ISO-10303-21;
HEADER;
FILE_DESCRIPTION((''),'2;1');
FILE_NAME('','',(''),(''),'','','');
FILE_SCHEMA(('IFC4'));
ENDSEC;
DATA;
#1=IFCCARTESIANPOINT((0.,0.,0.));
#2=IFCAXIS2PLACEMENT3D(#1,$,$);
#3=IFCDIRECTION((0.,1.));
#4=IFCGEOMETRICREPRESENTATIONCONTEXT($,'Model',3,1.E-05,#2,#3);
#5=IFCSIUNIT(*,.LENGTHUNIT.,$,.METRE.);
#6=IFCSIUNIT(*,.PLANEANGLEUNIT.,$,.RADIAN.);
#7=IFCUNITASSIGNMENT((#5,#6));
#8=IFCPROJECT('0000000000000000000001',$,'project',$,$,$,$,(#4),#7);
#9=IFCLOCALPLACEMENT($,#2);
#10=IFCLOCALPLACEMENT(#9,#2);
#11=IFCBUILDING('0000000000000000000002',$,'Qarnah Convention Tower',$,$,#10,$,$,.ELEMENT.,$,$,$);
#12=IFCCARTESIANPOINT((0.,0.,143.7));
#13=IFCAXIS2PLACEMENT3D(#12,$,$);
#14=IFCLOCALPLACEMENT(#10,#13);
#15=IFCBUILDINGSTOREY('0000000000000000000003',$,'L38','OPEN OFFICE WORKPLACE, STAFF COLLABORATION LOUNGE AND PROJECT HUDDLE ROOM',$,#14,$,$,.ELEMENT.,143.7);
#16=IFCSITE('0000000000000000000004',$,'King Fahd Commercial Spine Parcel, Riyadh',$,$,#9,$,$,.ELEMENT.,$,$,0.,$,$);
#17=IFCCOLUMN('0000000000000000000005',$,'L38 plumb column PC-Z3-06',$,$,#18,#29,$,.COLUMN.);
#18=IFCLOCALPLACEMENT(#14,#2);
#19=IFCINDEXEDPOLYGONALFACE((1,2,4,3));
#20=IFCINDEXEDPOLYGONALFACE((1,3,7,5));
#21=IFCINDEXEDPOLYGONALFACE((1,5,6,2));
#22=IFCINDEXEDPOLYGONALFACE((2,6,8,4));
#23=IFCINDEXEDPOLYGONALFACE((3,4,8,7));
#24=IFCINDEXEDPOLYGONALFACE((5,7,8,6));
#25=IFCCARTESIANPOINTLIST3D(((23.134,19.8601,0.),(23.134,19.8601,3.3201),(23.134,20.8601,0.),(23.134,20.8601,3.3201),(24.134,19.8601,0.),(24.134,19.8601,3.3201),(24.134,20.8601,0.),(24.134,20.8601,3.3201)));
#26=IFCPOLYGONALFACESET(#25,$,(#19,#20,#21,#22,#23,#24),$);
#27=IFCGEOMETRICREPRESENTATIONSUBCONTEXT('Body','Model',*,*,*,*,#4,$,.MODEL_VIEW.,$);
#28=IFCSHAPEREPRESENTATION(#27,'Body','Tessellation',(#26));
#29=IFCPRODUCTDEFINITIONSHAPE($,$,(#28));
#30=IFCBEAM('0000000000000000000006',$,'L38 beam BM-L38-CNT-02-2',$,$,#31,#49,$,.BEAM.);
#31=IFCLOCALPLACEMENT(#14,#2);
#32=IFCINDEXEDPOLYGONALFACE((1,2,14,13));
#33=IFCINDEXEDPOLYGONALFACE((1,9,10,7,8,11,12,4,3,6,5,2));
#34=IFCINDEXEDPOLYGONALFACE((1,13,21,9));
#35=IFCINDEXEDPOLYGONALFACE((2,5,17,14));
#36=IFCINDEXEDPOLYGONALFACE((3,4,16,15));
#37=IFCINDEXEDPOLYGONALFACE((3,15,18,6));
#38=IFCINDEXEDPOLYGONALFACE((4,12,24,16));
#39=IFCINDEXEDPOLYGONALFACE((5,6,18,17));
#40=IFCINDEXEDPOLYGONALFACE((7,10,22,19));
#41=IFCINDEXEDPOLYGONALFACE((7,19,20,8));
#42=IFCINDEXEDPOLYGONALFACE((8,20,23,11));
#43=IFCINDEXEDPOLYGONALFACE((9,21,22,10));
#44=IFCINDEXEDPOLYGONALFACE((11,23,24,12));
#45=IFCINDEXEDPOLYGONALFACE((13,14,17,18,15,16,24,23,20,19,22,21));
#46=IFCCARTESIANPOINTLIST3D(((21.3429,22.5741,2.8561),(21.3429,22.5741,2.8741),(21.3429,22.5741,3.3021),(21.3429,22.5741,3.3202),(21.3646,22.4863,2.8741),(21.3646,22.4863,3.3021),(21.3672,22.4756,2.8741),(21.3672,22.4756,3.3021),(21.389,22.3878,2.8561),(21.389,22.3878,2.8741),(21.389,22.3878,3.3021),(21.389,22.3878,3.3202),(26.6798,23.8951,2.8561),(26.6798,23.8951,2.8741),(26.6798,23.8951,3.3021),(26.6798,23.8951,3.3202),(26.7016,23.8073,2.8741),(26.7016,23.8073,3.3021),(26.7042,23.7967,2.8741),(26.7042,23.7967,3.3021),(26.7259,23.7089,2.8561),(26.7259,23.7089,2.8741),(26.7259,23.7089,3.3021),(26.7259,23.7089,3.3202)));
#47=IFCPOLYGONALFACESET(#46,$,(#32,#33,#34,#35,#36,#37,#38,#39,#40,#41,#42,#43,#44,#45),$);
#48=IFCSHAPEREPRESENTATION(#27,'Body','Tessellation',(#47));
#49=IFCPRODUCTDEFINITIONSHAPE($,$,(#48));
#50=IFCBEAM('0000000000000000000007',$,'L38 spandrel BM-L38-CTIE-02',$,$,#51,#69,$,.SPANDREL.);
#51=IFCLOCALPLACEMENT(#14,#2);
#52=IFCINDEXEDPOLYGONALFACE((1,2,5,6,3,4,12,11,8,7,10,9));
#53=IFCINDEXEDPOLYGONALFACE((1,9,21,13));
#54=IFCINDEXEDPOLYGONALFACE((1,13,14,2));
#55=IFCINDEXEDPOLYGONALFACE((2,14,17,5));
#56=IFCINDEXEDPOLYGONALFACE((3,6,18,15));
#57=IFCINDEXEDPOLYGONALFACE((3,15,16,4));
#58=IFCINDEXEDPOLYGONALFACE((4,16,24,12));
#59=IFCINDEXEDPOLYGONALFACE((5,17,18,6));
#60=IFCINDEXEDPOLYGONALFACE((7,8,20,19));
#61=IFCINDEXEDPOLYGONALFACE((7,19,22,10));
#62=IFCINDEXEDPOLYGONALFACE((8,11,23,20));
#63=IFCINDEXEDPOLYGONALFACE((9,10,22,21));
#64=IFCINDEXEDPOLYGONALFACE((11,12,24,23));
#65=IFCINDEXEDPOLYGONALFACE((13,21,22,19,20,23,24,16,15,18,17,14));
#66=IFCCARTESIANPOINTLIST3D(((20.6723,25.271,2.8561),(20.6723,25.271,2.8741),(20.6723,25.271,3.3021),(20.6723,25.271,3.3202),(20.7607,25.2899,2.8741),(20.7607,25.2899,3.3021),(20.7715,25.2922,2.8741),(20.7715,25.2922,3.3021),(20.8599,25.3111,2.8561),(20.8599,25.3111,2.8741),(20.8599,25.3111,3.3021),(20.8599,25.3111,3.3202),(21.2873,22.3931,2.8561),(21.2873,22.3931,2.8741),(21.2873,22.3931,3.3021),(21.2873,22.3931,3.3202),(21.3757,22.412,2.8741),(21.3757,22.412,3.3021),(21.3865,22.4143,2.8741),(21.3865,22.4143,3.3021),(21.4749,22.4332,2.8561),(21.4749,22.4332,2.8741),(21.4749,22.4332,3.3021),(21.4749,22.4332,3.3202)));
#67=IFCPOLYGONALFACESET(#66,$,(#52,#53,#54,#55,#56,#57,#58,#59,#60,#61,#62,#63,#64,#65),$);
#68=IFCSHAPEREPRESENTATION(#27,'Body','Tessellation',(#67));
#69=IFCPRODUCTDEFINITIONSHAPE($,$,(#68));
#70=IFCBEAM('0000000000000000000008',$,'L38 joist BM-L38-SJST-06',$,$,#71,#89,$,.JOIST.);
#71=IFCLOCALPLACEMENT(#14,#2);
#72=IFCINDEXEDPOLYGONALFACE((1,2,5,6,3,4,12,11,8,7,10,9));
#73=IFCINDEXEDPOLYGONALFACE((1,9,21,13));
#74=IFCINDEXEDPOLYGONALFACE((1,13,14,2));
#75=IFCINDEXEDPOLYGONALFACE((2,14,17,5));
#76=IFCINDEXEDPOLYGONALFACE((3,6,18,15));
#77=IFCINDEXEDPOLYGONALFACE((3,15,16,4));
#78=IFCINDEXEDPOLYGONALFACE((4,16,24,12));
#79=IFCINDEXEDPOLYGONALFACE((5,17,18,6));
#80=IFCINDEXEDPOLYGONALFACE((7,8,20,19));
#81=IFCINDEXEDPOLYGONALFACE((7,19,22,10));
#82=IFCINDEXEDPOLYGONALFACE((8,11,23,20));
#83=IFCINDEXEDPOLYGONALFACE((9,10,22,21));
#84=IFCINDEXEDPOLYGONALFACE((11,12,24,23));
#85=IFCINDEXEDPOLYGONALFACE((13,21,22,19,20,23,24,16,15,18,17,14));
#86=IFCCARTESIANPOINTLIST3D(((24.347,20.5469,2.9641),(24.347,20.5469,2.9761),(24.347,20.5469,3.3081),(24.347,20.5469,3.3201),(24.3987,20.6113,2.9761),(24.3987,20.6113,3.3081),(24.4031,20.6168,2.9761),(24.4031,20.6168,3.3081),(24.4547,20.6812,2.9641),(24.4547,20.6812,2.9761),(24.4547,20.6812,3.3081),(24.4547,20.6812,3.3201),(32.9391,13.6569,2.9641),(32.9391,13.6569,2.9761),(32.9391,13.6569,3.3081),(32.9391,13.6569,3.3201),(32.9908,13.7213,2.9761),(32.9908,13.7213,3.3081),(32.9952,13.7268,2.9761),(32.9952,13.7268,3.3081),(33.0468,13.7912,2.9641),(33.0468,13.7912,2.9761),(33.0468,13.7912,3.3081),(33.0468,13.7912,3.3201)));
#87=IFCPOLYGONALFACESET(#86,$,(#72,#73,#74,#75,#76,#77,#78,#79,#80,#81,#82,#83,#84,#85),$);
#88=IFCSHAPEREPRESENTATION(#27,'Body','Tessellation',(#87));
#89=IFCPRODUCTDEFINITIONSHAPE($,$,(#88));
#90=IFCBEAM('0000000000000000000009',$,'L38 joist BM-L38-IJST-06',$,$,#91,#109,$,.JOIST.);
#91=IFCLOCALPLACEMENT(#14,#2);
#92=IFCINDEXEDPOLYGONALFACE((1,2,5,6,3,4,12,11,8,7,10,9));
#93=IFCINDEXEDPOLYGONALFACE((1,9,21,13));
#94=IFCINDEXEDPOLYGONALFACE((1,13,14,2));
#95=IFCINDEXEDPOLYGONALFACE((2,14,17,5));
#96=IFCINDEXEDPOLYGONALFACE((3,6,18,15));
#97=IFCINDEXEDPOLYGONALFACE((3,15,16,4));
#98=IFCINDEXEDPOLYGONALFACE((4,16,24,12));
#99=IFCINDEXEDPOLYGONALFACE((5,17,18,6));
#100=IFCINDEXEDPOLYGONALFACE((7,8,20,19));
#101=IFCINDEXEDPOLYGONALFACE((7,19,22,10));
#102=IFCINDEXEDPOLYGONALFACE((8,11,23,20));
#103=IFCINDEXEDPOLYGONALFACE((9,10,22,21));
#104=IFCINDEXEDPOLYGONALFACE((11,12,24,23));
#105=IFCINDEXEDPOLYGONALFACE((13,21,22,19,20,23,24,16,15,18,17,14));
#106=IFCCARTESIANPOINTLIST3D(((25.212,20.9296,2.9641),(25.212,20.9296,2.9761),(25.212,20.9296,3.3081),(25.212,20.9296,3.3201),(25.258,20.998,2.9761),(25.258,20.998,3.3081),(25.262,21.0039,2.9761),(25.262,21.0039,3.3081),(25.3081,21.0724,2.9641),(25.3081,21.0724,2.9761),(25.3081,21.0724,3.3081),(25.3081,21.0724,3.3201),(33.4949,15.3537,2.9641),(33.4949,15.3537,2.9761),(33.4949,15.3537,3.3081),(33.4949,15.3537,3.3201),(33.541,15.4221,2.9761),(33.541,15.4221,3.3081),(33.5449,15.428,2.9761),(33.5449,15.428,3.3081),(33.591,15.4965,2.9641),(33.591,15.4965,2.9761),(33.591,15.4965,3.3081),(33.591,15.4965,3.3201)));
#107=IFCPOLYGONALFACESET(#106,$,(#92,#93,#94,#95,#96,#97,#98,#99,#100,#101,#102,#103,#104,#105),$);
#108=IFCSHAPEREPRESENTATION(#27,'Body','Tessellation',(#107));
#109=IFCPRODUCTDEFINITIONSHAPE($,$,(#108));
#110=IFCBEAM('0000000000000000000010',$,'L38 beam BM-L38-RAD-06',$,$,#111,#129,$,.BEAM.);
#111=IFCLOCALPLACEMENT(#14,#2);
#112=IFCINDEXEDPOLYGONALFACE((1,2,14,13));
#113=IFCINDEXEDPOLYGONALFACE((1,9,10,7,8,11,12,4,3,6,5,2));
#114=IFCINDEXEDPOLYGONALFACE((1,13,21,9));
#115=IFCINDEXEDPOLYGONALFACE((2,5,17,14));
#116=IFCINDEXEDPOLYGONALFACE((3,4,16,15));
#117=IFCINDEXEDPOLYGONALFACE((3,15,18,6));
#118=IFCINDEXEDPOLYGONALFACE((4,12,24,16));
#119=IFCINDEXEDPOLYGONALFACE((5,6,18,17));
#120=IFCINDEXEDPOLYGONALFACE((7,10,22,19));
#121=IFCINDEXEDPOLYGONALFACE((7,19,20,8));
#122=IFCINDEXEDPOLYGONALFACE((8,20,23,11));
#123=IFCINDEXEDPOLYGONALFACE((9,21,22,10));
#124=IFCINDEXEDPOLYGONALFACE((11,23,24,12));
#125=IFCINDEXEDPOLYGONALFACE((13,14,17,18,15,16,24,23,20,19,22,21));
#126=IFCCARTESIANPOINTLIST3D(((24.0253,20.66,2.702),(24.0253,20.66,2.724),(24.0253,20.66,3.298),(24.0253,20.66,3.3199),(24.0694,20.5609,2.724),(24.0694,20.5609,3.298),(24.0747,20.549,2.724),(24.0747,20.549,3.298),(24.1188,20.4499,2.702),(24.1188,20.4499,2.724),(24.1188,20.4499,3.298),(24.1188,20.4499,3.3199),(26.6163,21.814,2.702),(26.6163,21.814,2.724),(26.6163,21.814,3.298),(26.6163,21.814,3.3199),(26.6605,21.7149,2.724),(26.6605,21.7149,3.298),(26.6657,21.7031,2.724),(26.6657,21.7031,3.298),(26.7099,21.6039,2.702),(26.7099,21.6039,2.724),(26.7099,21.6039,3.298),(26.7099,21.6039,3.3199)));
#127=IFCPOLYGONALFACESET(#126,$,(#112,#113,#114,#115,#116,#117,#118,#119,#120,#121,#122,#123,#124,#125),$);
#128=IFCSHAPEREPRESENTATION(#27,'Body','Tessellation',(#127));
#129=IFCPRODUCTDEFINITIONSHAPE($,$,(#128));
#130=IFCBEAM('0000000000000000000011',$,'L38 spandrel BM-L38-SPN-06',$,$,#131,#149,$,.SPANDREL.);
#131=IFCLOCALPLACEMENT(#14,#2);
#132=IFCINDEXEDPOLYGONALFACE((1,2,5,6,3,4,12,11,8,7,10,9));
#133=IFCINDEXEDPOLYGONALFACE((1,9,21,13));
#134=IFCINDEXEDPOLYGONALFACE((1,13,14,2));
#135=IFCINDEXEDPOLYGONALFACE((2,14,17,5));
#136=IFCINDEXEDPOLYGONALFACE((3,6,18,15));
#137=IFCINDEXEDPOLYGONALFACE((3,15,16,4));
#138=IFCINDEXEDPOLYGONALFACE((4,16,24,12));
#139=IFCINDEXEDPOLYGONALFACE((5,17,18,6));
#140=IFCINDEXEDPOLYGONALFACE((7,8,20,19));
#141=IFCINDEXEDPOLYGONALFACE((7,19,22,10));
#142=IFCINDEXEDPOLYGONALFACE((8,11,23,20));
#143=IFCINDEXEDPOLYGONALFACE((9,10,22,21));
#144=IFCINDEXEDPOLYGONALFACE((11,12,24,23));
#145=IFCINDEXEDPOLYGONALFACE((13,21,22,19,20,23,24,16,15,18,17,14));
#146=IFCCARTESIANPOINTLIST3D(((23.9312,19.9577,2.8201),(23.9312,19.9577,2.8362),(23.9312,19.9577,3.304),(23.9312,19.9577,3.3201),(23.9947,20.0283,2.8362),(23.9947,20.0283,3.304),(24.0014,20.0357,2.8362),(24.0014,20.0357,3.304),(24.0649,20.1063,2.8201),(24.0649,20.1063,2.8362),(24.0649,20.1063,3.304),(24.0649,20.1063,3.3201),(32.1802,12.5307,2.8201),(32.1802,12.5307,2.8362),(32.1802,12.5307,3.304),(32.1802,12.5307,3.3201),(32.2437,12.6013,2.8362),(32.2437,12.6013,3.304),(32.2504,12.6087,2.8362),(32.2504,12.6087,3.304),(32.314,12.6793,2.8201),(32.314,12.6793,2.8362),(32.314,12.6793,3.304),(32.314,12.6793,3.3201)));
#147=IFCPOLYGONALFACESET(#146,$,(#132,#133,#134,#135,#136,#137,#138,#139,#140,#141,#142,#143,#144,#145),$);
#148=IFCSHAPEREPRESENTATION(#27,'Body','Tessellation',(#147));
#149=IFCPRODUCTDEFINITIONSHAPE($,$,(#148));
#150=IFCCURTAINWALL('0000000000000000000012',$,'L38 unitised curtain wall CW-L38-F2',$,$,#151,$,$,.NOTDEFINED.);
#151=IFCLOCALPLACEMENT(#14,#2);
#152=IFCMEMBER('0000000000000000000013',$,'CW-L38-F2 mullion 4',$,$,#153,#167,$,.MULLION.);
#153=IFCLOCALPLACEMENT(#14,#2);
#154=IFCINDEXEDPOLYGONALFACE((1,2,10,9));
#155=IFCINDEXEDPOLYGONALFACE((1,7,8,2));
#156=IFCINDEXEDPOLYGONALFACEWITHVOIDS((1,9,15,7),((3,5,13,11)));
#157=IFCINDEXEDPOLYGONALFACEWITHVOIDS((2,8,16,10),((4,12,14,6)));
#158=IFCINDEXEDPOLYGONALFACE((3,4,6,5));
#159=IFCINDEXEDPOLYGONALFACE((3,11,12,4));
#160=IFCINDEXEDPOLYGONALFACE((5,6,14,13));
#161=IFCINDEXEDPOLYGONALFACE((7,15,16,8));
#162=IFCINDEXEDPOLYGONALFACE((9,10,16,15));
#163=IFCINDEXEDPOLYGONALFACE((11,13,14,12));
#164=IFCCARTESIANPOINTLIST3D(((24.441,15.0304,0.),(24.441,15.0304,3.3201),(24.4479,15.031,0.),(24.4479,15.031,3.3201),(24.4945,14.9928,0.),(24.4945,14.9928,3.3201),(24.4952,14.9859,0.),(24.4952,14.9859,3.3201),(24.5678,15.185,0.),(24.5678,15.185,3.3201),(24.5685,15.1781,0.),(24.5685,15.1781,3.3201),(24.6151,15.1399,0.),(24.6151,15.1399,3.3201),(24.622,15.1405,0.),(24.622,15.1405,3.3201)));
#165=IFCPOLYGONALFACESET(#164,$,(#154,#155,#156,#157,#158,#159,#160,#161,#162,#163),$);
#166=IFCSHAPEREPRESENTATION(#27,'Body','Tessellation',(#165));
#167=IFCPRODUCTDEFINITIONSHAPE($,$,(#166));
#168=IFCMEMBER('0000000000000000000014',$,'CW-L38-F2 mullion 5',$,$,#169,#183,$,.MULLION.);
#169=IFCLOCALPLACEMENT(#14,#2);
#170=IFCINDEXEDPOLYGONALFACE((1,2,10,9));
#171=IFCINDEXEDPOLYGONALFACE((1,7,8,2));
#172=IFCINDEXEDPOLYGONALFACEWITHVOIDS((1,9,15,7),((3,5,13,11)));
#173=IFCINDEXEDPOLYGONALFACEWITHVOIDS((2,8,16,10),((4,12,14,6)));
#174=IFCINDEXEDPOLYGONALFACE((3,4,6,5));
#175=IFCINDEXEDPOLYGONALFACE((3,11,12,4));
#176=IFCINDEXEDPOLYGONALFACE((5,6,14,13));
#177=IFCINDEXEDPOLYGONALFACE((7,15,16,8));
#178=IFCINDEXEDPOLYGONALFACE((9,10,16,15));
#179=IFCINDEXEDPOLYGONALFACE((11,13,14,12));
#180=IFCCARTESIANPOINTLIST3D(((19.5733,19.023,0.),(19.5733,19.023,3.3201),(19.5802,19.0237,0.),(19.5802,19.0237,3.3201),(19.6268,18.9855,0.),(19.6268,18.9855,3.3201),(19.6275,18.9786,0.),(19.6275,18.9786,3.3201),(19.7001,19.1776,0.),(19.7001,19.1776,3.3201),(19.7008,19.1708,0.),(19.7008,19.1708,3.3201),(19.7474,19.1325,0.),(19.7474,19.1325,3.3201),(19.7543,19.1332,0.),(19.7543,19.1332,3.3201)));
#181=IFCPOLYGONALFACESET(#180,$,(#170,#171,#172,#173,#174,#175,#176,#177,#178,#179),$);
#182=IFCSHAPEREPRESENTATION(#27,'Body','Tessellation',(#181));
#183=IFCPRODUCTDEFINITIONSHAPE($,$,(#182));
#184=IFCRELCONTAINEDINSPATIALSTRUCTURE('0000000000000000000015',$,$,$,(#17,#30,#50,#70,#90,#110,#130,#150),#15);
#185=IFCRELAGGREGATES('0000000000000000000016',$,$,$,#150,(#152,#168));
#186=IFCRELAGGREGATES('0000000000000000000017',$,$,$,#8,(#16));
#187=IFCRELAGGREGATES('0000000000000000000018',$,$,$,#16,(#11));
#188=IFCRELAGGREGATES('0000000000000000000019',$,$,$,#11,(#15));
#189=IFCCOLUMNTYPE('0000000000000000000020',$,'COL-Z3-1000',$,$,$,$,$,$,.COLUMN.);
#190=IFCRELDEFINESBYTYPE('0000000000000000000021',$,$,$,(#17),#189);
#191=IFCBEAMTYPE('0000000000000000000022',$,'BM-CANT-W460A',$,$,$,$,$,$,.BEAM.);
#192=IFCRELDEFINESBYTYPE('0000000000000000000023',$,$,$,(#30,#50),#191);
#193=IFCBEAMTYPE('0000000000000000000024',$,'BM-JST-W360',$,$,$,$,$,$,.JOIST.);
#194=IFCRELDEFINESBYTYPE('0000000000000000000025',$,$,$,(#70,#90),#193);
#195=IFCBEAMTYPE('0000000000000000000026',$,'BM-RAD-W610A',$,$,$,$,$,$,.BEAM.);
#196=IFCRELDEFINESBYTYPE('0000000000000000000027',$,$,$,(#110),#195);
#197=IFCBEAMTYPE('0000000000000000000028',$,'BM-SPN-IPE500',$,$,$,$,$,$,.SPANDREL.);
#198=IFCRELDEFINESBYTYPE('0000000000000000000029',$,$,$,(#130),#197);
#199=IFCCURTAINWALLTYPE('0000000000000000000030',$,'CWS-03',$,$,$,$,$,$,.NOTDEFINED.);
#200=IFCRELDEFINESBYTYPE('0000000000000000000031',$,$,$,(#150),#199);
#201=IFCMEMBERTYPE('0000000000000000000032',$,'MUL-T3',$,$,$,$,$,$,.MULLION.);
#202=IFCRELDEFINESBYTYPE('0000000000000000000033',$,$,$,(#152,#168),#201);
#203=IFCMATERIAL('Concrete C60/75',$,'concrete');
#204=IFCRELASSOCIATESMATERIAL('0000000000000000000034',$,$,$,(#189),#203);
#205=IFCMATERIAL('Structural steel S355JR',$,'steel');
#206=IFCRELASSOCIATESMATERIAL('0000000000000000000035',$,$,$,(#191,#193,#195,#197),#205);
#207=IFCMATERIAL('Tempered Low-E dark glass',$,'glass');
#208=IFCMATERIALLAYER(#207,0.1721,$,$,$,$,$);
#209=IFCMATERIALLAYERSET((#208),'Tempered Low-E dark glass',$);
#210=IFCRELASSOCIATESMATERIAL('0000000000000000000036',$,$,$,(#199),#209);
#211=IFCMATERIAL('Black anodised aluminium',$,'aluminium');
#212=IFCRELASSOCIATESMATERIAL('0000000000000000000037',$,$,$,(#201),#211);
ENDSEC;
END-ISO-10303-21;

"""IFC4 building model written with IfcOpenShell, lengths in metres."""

from ifc_helpers import new_model, si_unit, direction, frame, origin, origin_2d, place, context, subcontext, project, spatial, rectangle, hollow_rectangle, i_section, extrude, material, layer, layer_set, material_profile, profile_set, type_object, element, aggregate, save


model = new_model("IFC4")

# Units and contexts
model_context = context("Model", 3, precision=1e-05, world=origin(), true_north=direction((0.0, 1.0)))
body_context = subcontext(model_context, "Body", "Model", "MODEL_VIEW")
ifc_project = project(units=[si_unit("LENGTHUNIT", "METRE"), si_unit("PLANEANGLEUNIT", "RADIAN")], contexts=[model_context])

# Site, building, storey
site_placement = place(None, origin())
site = spatial("IfcSite", under=ifc_project, at=site_placement, Name="King Fahd Commercial Spine Parcel, Riyadh", CompositionType="ELEMENT", RefElevation=0.0)
building_placement = place(site_placement, origin())
building = spatial("IfcBuilding", under=site, at=building_placement, Name="Qarnah Convention Tower", CompositionType="ELEMENT")
storey_placement = place(building_placement, frame((0.0, 0.0, 143.7)))
storey = spatial("IfcBuildingStorey", under=building, at=storey_placement, Name="L38", Description="OPEN OFFICE WORKPLACE, STAFF COLLABORATION LOUNGE AND PROJECT HUDDLE ROOM", CompositionType="ELEMENT", Elevation=143.7)

# Column
ifc_material_1 = material(Name="Concrete C60/75", Category="concrete")
ifc_material_profile_1 = material_profile(ifc_material_1, rectangle(XDim=1.0, YDim=1.0, at=origin_2d()), Name="RC-COL-1000X1000")
ifc_profile_set_1 = profile_set([ifc_material_profile_1], Name="Concrete C60/75")
column_type = type_object("IfcColumnType", Name="COL-Z3-1000", PredefinedType="COLUMN", material=ifc_profile_set_1)
column_placement = place(storey_placement, frame((23.634, 20.3601, 0.0), z_axis=(0.0, 0.0, 1.0), x_axis=(1.0, 0.0, 0.0)))
element("IfcColumn", 1, at=column_placement, inside=storey, type_object=column_type, Name="L38 plumb column PC-Z3-06", PredefinedType="COLUMN", context=body_context, shape_type="SweptSolid", body=[
    extrude(rectangle(XDim=1.0, YDim=1.0, at=origin_2d()), origin(), (0.0, 0.0, 1.0), 3.3201),
])

# Beams
ifc_material_2 = material(Name="Structural steel S355JR", Category="steel")
ifc_material_profile_2 = material_profile(ifc_material_2, i_section(OverallWidth=0.1919, OverallDepth=0.4641, WebThickness=0.011, FlangeThickness=0.0181, at=origin_2d()), Name="W460X89")
ifc_profile_set_2 = profile_set([ifc_material_profile_2], Name="Structural steel S355JR")
beam_type_1 = type_object("IfcBeamType", Name="BM-CANT-W460A", PredefinedType="BEAM", material=ifc_profile_set_2)
beam_1_placement = place(storey_placement, frame((26.7029, 23.802, 3.0881), z_axis=(-0.970704, -0.240278, 0.0), x_axis=(0.240278, -0.970704, 0.0)))
element("IfcBeam", 2, at=beam_1_placement, inside=storey, type_object=beam_type_1, Name="L38 beam BM-L38-CNT-02-2", PredefinedType="BEAM", context=body_context, shape_type="SweptSolid", body=[
    extrude(i_section(OverallWidth=0.1919, OverallDepth=0.4641, WebThickness=0.011, FlangeThickness=0.0181, at=origin_2d()), origin(), (0.0, 0.0, 1.0), 5.498),
])
beam_2_placement = place(storey_placement, frame((20.7661, 25.291, 3.0881), z_axis=(0.208974, -0.977921, 0.0), x_axis=(0.977921, 0.208974, 0.0)))
element("IfcBeam", 3, at=beam_2_placement, inside=storey, type_object=beam_type_1, Name="L38 spandrel BM-L38-CTIE-02", PredefinedType="SPANDREL", context=body_context, shape_type="SweptSolid", body=[
    extrude(i_section(OverallWidth=0.1919, OverallDepth=0.4641, WebThickness=0.011, FlangeThickness=0.0181, at=origin_2d()), origin(), (0.0, 0.0, 1.0), 2.9429),
])
ifc_material_profile_3 = material_profile(ifc_material_2, i_section(OverallWidth=0.1721, OverallDepth=0.356, WebThickness=0.0071, FlangeThickness=0.012, at=origin_2d()), Name="W360X51")
ifc_profile_set_3 = profile_set([ifc_material_profile_3], Name="Structural steel S355JR")
beam_type_2 = type_object("IfcBeamType", Name="BM-JST-W360", PredefinedType="JOIST", material=ifc_profile_set_3)
beam_3_placement = place(storey_placement, frame((24.4009, 20.614, 3.1421), z_axis=(0.780148, -0.625595, 0.0), x_axis=(0.625595, 0.780148, 0.0)))
element("IfcBeam", 4, at=beam_3_placement, inside=storey, type_object=beam_type_2, Name="L38 joist BM-L38-SJST-06", PredefinedType="JOIST", context=body_context, shape_type="SweptSolid", body=[
    extrude(i_section(OverallWidth=0.1721, OverallDepth=0.356, WebThickness=0.0071, FlangeThickness=0.012, at=origin_2d()), origin(), (0.0, 0.0, 1.0), 11.0134),
])
beam_4_placement = place(storey_placement, frame((25.26, 21.001, 3.1421), z_axis=(0.829548, -0.558436, 0.0), x_axis=(0.558436, 0.829548, 0.0)))
element("IfcBeam", 5, at=beam_4_placement, inside=storey, type_object=beam_type_2, Name="L38 joist BM-L38-IJST-06", PredefinedType="JOIST", context=body_context, shape_type="SweptSolid", body=[
    extrude(i_section(OverallWidth=0.1721, OverallDepth=0.356, WebThickness=0.0071, FlangeThickness=0.012, at=origin_2d()), origin(), (0.0, 0.0, 1.0), 9.9849),
])
ifc_material_profile_4 = material_profile(ifc_material_2, i_section(OverallWidth=0.23, OverallDepth=0.6179, WebThickness=0.0129, FlangeThickness=0.022, at=origin_2d()), Name="W610X140")
ifc_profile_set_4 = profile_set([ifc_material_profile_4], Name="Structural steel S355JR")
beam_type_3 = type_object("IfcBeamType", Name="BM-RAD-W610A", PredefinedType="BEAM", material=ifc_profile_set_4)
beam_5_placement = place(storey_placement, frame((26.6631, 21.709, 3.011), z_axis=(-0.913488, -0.406865, 0.0), x_axis=(0.406865, -0.913488, 0.0)))
element("IfcBeam", 6, at=beam_5_placement, inside=storey, type_object=beam_type_3, Name="L38 beam BM-L38-RAD-06", PredefinedType="BEAM", context=body_context, shape_type="SweptSolid", body=[
    extrude(i_section(OverallWidth=0.23, OverallDepth=0.6179, WebThickness=0.0129, FlangeThickness=0.022, at=origin_2d()), origin(), (0.0, 0.0, 1.0), 2.8364),
])
ifc_material_profile_5 = material_profile(ifc_material_2, i_section(OverallWidth=0.2, OverallDepth=0.5, WebThickness=0.01, FlangeThickness=0.0161, at=origin_2d()), Name="IPE500")
ifc_profile_set_5 = profile_set([ifc_material_profile_5], Name="Structural steel S355JR")
beam_type_4 = type_object("IfcBeamType", Name="BM-SPN-IPE500", PredefinedType="SPANDREL", material=ifc_profile_set_5)
beam_6_placement = place(storey_placement, frame((23.998, 20.032, 3.0701), z_axis=(0.743165, -0.669108, 0.0), x_axis=(0.669108, 0.743165, 0.0)))
element("IfcBeam", 7, at=beam_6_placement, inside=storey, type_object=beam_type_4, Name="L38 spandrel BM-L38-SPN-06", PredefinedType="SPANDREL", context=body_context, shape_type="SweptSolid", body=[
    extrude(i_section(OverallWidth=0.2, OverallDepth=0.5, WebThickness=0.01, FlangeThickness=0.0161, at=origin_2d()), origin(), (0.0, 0.0, 1.0), 11.0999),
])

# Curtain wall, members
ifc_material_3 = material(Name="Tempered Low-E dark glass", Category="glass")
ifc_layer_1 = layer(ifc_material_3, 0.1721)
ifc_layer_set_1 = layer_set([ifc_layer_1], Name="Tempered Low-E dark glass")
curtain_wall_type = type_object("IfcCurtainWallType", Name="CWS-03", PredefinedType="NOTDEFINED", material=ifc_layer_set_1)
curtain_wall_placement = place(storey_placement, origin())
curtain_wall = element("IfcCurtainWall", 8, at=curtain_wall_placement, inside=storey, type_object=curtain_wall_type, Name="L38 unitised curtain wall CW-L38-F2", PredefinedType="NOTDEFINED")
ifc_material_4 = material(Name="Black anodised aluminium", Category="aluminium")
ifc_material_profile_6 = material_profile(ifc_material_4, hollow_rectangle(XDim=0.0701, YDim=0.2, WallThickness=0.0049, at=origin_2d()), Name="MUL-70X200")
ifc_profile_set_6 = profile_set([ifc_material_profile_6], Name="Black anodised aluminium")
member_type = type_object("IfcMemberType", Name="MUL-T3", PredefinedType="MULLION", material=ifc_profile_set_6)
member_1_placement = place(storey_placement, frame((24.5315, 15.0854, 0.0), z_axis=(0.0, 0.0, 1.0), x_axis=(-0.773174, 0.634194, 0.0)))
member_1 = element("IfcMember", 9, at=member_1_placement, type_object=member_type, Name="CW-L38-F2 mullion 4", PredefinedType="MULLION", context=body_context, shape_type="SweptSolid", body=[
    extrude(hollow_rectangle(XDim=0.0701, YDim=0.2, WallThickness=0.0049, at=origin_2d()), origin(), (0.0, 0.0, 1.0), 3.3201),
])
member_2_placement = place(storey_placement, frame((19.6638, 19.0781, 0.0), z_axis=(0.0, 0.0, 1.0), x_axis=(-0.773174, 0.634194, 0.0)))
member_2 = element("IfcMember", 10, at=member_2_placement, type_object=member_type, Name="CW-L38-F2 mullion 5", PredefinedType="MULLION", context=body_context, shape_type="SweptSolid", body=[
    extrude(hollow_rectangle(XDim=0.0701, YDim=0.2, WallThickness=0.0049, at=origin_2d()), origin(), (0.0, 0.0, 1.0), 3.3201),
])
aggregate(curtain_wall, [member_1, member_2])

save(model, "model.ifc")
